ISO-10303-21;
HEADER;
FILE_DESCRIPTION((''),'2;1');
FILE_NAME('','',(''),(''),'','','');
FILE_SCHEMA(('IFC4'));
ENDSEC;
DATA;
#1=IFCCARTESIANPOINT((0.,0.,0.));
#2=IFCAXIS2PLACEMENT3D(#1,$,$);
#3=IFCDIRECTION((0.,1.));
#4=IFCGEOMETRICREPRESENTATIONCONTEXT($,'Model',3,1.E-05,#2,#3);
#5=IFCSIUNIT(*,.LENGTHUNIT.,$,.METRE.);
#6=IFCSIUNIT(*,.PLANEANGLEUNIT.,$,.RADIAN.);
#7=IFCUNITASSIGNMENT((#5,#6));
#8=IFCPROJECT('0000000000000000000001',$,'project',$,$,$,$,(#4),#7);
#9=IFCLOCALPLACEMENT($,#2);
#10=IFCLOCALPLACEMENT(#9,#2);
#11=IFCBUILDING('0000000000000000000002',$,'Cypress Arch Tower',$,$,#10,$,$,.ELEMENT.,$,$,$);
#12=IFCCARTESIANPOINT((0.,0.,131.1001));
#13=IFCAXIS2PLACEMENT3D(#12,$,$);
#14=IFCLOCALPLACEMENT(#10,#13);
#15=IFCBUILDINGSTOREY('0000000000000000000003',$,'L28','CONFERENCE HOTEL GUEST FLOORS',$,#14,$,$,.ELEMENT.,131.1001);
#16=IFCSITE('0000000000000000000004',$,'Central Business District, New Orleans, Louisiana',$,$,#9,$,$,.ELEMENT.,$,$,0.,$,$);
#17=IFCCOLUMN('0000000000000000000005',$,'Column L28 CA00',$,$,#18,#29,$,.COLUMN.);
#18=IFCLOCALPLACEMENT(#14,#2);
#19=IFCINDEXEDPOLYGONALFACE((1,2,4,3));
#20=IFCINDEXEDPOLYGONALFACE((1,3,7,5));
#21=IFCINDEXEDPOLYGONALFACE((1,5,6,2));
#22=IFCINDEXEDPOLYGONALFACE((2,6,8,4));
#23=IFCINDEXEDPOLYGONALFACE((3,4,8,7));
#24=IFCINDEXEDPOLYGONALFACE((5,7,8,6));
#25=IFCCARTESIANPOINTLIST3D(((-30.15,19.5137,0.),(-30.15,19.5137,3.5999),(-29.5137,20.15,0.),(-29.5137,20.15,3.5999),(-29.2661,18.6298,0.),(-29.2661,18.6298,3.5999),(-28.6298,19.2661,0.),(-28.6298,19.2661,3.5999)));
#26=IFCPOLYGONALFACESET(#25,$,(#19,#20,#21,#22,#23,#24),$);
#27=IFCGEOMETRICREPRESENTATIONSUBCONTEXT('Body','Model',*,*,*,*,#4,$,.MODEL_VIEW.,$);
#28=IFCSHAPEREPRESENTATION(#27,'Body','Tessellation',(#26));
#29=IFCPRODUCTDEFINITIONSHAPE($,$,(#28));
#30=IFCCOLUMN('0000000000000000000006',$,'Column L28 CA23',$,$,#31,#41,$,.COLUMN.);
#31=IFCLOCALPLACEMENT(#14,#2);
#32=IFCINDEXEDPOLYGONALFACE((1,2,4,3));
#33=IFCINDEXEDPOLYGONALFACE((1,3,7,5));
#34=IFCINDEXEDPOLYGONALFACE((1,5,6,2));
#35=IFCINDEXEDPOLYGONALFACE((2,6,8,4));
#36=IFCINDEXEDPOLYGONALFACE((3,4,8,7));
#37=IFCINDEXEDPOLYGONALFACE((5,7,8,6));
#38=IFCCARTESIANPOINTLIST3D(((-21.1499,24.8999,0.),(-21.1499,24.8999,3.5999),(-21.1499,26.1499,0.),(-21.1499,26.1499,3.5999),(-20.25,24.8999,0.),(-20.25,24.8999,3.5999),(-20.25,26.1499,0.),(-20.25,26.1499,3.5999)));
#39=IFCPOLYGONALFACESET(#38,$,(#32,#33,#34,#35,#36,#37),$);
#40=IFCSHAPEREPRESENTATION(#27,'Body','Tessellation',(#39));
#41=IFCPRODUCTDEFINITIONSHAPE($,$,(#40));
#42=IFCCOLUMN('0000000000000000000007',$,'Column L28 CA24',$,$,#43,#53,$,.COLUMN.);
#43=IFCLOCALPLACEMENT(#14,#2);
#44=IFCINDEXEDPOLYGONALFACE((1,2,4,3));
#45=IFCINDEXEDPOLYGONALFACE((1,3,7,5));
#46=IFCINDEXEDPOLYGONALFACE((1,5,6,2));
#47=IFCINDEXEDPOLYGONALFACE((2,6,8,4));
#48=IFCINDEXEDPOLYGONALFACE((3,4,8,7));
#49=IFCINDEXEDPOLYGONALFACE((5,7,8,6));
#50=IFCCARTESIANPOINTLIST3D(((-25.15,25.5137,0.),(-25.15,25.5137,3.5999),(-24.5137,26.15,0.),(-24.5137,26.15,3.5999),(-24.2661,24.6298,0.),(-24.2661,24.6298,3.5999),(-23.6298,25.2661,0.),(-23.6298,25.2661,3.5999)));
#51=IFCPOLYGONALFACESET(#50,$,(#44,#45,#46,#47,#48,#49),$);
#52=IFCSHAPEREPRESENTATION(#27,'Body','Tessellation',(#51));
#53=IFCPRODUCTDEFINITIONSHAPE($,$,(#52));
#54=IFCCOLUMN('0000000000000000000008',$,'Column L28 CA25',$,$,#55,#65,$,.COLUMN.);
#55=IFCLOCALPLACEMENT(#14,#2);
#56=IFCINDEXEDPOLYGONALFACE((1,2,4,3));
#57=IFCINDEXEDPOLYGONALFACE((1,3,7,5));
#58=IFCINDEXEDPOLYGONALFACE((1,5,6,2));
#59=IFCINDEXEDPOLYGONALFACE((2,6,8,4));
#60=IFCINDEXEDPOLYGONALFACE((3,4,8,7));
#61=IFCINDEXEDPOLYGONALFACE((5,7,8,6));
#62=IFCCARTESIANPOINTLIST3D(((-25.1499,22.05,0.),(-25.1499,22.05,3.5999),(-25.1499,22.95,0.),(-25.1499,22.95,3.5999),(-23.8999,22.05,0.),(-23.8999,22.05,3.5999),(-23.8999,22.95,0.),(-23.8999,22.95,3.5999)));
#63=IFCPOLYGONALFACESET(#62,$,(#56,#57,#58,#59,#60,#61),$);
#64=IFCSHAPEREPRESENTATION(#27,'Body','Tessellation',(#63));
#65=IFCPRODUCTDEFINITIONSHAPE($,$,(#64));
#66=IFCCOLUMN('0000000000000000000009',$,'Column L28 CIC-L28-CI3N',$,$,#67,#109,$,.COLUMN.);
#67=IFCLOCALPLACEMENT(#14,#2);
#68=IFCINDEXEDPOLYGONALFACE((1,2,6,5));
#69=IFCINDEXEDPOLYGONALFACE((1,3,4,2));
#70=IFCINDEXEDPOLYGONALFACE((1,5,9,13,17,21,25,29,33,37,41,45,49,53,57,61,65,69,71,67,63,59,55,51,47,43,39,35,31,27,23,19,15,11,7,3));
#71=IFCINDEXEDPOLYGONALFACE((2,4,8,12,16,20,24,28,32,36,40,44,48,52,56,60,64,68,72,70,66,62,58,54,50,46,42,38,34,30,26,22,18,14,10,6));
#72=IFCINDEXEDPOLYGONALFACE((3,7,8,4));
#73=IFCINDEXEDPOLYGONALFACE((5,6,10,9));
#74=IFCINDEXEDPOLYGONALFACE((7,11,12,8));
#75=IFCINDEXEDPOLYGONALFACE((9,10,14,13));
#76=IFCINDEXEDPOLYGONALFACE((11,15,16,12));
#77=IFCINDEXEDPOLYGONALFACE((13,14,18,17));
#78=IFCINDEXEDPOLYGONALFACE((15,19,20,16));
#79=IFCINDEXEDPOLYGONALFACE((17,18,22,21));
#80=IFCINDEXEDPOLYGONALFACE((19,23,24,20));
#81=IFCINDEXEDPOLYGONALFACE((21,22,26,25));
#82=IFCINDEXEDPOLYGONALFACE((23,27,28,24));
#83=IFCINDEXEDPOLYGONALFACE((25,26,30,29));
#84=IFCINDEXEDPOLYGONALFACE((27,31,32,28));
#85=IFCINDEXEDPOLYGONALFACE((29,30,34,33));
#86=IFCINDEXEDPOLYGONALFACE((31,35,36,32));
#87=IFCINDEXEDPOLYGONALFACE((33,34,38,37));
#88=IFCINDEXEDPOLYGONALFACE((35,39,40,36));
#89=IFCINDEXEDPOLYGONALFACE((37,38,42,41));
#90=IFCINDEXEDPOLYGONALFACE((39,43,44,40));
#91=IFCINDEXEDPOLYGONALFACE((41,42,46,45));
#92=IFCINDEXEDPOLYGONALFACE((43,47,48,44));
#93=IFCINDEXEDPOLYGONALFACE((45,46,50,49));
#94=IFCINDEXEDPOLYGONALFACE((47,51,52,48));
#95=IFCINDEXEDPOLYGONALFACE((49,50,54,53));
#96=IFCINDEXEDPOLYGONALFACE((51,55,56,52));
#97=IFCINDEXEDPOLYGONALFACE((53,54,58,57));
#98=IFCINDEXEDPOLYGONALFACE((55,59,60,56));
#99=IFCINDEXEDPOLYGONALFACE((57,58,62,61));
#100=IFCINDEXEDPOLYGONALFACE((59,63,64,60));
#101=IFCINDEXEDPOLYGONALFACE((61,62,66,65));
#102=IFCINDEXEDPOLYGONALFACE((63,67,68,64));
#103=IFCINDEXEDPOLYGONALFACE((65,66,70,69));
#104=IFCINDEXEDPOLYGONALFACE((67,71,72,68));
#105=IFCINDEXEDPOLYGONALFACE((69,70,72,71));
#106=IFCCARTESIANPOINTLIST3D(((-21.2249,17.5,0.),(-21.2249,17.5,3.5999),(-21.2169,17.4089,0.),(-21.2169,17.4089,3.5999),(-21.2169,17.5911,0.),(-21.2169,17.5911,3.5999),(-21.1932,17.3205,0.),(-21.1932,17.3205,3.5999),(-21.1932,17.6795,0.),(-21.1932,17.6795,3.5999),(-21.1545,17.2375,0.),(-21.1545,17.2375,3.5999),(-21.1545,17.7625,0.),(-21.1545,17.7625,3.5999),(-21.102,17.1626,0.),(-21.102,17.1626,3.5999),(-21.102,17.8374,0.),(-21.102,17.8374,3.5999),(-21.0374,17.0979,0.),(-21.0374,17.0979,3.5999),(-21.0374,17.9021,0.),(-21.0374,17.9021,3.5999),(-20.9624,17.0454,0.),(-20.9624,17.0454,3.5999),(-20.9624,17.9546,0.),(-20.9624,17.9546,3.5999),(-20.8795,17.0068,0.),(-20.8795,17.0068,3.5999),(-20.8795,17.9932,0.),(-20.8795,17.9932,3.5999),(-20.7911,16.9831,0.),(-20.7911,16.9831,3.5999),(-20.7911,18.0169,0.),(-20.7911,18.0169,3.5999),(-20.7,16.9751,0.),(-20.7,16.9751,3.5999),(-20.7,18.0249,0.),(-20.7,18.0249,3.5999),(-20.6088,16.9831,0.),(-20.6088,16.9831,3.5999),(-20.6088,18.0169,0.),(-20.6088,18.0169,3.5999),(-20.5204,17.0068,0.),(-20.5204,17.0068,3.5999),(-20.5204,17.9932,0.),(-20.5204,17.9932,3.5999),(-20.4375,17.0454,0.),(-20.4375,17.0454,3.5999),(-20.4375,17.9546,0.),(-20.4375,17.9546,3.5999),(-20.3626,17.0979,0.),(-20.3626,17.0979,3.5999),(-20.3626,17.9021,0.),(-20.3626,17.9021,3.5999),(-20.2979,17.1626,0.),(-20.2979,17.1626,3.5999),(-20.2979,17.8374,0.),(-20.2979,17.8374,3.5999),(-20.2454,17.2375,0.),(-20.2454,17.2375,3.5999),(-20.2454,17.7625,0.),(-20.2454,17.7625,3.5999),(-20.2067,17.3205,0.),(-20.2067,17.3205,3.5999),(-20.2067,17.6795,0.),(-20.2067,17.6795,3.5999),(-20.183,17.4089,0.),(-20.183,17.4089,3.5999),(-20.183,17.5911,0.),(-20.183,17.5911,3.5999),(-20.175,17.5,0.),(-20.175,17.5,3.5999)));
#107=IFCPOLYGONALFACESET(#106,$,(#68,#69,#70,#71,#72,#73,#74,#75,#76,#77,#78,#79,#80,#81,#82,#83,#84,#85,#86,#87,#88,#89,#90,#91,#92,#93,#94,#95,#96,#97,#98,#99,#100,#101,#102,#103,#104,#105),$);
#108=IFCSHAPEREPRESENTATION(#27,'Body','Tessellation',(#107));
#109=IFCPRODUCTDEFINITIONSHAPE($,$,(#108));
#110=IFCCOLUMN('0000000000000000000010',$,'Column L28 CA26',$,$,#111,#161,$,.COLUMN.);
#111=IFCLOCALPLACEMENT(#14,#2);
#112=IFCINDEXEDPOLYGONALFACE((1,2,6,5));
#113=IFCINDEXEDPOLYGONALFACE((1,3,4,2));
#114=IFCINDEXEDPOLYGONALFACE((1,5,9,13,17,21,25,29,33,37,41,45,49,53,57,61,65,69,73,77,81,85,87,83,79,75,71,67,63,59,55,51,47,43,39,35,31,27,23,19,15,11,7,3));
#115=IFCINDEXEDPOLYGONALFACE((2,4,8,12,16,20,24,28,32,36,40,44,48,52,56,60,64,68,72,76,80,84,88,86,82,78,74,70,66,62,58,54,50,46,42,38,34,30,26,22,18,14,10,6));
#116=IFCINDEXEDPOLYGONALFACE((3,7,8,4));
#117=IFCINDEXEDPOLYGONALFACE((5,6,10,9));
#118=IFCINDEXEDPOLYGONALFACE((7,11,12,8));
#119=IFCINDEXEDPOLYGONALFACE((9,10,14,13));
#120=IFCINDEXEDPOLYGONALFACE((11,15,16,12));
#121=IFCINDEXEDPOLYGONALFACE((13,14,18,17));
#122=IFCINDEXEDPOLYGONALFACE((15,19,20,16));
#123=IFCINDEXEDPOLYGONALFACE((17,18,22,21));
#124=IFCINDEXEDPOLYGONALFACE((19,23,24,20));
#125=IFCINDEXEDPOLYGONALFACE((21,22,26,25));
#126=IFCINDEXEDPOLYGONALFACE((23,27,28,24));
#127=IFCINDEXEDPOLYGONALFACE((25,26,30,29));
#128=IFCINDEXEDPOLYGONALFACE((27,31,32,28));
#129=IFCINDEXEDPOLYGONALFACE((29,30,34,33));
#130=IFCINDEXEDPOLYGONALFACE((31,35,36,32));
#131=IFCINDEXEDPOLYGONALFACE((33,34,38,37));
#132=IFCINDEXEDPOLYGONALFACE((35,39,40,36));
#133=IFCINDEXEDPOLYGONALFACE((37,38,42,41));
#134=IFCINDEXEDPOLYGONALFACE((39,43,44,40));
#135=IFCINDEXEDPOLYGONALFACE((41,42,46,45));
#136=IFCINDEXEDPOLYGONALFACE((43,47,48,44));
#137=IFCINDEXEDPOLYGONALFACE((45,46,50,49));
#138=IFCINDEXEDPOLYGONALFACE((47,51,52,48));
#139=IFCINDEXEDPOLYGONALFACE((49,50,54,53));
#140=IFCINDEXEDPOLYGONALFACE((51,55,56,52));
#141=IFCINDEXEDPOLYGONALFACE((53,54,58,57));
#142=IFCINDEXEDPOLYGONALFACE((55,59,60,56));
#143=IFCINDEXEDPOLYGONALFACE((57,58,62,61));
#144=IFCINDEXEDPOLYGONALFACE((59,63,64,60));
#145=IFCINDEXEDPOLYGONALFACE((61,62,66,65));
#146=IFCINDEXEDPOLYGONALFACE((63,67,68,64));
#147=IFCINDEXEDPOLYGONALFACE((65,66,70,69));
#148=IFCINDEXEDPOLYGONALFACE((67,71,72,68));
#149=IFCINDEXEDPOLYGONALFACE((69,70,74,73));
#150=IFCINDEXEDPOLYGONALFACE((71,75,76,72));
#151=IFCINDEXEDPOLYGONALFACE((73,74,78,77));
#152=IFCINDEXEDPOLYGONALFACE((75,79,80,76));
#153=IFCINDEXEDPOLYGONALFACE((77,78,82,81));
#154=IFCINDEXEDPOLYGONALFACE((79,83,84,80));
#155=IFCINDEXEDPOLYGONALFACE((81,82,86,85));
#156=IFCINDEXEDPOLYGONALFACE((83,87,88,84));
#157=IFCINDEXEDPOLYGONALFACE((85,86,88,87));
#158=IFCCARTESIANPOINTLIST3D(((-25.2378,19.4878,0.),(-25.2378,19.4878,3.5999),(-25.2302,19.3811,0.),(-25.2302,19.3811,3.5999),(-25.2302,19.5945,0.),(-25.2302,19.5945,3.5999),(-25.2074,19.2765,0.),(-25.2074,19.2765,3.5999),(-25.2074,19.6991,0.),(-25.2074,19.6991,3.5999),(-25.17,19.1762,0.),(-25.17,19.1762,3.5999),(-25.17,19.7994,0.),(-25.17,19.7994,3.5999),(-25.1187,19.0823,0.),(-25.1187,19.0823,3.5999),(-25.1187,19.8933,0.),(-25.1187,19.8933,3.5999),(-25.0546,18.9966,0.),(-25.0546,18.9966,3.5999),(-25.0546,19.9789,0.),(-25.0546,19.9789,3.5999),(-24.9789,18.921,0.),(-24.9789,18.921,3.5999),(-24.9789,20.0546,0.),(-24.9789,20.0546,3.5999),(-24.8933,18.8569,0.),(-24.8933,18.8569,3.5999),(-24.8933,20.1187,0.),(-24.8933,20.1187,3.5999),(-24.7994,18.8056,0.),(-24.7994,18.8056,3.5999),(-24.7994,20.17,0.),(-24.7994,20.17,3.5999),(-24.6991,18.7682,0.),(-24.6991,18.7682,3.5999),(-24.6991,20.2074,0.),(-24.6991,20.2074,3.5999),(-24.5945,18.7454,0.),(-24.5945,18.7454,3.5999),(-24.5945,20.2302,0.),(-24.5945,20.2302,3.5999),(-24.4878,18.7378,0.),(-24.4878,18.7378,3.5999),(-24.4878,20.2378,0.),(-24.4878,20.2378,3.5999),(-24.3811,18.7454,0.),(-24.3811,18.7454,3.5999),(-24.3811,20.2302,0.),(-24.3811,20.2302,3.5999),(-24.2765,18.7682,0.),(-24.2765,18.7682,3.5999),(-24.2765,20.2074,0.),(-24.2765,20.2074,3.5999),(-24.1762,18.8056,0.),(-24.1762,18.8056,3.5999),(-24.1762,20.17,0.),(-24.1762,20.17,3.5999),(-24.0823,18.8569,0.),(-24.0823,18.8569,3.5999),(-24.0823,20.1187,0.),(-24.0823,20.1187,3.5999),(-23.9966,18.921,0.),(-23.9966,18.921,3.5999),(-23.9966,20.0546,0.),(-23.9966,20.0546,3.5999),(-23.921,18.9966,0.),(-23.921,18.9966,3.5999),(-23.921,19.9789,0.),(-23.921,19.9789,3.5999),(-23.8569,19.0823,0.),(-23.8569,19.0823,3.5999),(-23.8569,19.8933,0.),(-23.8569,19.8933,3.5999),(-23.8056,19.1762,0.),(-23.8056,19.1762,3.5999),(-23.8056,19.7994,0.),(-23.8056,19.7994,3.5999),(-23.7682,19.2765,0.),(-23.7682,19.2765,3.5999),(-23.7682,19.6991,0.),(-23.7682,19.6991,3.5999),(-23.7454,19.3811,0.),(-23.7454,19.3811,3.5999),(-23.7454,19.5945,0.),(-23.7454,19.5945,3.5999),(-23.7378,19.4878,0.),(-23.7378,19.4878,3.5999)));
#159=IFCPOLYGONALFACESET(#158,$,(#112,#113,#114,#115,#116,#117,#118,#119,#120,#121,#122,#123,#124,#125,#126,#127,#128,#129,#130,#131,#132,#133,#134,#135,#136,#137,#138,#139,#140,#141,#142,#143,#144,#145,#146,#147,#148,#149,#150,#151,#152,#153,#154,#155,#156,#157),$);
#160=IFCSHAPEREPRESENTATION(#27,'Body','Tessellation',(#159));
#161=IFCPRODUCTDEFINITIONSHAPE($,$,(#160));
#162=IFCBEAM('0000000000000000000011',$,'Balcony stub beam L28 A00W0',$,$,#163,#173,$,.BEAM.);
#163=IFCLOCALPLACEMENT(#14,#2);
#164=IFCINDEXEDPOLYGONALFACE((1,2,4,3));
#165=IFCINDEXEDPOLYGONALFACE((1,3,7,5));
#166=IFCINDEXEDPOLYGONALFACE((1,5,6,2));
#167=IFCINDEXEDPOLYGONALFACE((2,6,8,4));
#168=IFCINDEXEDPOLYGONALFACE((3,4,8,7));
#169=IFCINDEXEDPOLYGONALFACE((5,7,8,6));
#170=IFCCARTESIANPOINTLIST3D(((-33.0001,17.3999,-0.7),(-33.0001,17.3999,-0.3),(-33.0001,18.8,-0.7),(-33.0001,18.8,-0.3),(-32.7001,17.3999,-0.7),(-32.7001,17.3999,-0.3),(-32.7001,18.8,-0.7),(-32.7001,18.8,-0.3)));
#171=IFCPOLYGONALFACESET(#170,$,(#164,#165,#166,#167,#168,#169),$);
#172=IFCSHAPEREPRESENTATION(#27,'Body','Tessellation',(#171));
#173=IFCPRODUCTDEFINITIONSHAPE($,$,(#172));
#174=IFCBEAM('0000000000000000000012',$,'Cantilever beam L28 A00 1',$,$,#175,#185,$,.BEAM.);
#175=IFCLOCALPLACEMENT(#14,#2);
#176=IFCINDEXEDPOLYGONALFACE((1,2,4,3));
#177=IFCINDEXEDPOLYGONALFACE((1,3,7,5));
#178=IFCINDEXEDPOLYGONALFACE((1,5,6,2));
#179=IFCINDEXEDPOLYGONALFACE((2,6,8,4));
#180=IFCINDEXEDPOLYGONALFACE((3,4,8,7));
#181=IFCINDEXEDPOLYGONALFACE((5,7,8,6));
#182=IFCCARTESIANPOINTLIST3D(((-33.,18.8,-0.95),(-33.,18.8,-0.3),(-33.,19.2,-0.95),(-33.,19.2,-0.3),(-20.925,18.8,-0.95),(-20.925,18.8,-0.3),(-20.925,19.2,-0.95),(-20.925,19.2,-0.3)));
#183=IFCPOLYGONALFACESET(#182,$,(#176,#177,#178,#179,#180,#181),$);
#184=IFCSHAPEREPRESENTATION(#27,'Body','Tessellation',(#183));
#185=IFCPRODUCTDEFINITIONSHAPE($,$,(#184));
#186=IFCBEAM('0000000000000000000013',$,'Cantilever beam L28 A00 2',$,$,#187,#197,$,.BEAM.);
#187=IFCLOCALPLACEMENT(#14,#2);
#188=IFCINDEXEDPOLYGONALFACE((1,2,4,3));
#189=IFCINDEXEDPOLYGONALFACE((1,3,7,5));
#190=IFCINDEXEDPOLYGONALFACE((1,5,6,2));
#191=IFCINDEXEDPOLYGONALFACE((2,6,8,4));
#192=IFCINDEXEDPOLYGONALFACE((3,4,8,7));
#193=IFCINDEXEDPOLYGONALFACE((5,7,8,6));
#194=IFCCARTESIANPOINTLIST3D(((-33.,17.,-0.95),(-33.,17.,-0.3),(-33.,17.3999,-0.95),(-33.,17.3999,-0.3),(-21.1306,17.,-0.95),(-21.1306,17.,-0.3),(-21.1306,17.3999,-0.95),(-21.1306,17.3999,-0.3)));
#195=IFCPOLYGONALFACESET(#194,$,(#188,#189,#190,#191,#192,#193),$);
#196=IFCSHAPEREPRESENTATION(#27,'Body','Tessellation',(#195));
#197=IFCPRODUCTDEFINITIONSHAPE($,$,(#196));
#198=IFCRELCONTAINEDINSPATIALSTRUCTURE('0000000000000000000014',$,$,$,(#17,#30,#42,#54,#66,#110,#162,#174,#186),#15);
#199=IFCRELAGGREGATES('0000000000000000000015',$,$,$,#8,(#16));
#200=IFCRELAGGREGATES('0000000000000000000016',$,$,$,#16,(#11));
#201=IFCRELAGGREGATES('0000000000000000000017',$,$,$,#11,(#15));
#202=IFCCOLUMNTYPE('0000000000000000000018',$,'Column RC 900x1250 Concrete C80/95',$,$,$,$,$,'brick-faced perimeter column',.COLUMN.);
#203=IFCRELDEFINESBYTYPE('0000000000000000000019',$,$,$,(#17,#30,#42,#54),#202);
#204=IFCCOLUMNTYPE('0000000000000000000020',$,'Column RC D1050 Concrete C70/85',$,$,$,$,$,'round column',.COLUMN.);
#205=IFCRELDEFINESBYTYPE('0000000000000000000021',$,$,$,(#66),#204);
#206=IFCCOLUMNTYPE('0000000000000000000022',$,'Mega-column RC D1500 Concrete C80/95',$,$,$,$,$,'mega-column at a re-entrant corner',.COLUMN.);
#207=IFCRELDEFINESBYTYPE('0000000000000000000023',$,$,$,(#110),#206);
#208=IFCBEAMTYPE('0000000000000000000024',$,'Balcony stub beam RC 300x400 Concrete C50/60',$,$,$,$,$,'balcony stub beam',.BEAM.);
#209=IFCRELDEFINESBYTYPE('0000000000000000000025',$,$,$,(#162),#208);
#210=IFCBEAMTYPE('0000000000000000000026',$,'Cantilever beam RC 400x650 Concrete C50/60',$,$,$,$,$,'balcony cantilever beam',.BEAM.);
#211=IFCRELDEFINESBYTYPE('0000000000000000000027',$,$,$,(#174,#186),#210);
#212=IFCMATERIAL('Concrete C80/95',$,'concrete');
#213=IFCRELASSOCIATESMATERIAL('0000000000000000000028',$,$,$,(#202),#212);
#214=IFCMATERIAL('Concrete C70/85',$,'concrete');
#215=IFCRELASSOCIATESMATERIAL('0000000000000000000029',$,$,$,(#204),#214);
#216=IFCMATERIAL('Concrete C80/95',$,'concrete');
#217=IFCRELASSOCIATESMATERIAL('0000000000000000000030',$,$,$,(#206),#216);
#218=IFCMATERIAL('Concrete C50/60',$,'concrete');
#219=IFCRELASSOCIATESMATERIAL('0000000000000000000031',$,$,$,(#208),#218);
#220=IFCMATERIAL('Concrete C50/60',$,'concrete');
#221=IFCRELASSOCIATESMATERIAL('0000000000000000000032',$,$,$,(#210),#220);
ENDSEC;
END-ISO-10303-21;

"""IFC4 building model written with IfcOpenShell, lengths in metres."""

from ifc_helpers import new_model, si_unit, direction, frame, origin, origin_2d, place, context, subcontext, project, spatial, rectangle, circle, extrude, material, material_profile, profile_set, type_object, element, save


model = new_model("IFC4")

# Units and contexts
model_context = context("Model", 3, precision=1e-05, world=origin(), true_north=direction((0.0, 1.0)))
body_context = subcontext(model_context, "Body", "Model", "MODEL_VIEW")
ifc_project = project(units=[si_unit("LENGTHUNIT", "METRE"), si_unit("PLANEANGLEUNIT", "RADIAN")], contexts=[model_context])

# Site, building, storey
site_placement = place(None, origin())
site = spatial("IfcSite", under=ifc_project, at=site_placement, Name="Central Business District, New Orleans, Louisiana", CompositionType="ELEMENT", RefElevation=0.0)
building_placement = place(site_placement, origin())
building = spatial("IfcBuilding", under=site, at=building_placement, Name="Cypress Arch Tower", CompositionType="ELEMENT")
storey_placement = place(building_placement, frame((0.0, 0.0, 131.1001)))
storey = spatial("IfcBuildingStorey", under=building, at=storey_placement, Name="L28", Description="CONFERENCE HOTEL GUEST FLOORS", CompositionType="ELEMENT", Elevation=131.1001)

# Columns
ifc_material_1 = material(Name="Concrete C80/95", Category="concrete")
ifc_material_profile_1 = material_profile(ifc_material_1, rectangle(XDim=0.8999, YDim=1.25, at=origin_2d()), Name="RC 900x1250")
ifc_profile_set_1 = profile_set([ifc_material_profile_1], Name="Concrete C80/95")
column_type_1 = type_object("IfcColumnType", Name="Column RC 900x1250 Concrete C80/95", ElementType="brick-faced perimeter column", PredefinedType="COLUMN", material=ifc_profile_set_1)
for number, where, z_axis, x_axis, name in (
    (1, (-29.3899, 19.3899, 0.0), (0.0, 0.0, 1.0), (-0.707107, -0.707107, 0.0), "Column L28 CA00"),
    (2, (-20.7, 25.5249, 0.0), (0.0, 0.0, 1.0), (-1.0, 0.0, 0.0), "Column L28 CA23"),
    (3, (-24.3899, 25.3899, 0.0), (0.0, 0.0, 1.0), (-0.707107, -0.707107, 0.0), "Column L28 CA24"),
    (4, (-24.5249, 22.5, 0.0), (0.0, 0.0, 1.0), (0.0, -1.0, 0.0), "Column L28 CA25"),
):
    element("IfcColumn", number, at=place(storey_placement, frame(where, z_axis=z_axis, x_axis=x_axis)), inside=storey, type_object=column_type_1, Name=name, PredefinedType="COLUMN", context=body_context, shape_type="SweptSolid", body=[
        extrude(rectangle(XDim=0.8999, YDim=1.25, at=origin_2d()), origin(), (0.0, 0.0, 1.0), 3.5999),
    ])
ifc_material_2 = material(Name="Concrete C70/85", Category="concrete")
ifc_material_profile_2 = material_profile(ifc_material_2, circle(Radius=0.5249, at=origin_2d()), Name="RC D1050")
ifc_profile_set_2 = profile_set([ifc_material_profile_2], Name="Concrete C70/85")
column_type_2 = type_object("IfcColumnType", Name="Column RC D1050 Concrete C70/85", ElementType="round column", PredefinedType="COLUMN", material=ifc_profile_set_2)
column_1_placement = place(storey_placement, frame((-20.7, 17.5, 0.0), z_axis=(0.0, 0.0, 1.0), x_axis=(1.0, 0.0, 0.0)))
element("IfcColumn", 5, at=column_1_placement, inside=storey, type_object=column_type_2, Name="Column L28 CIC-L28-CI3N", PredefinedType="COLUMN", context=body_context, shape_type="SweptSolid", body=[
    extrude(circle(Radius=0.5249, at=origin_2d()), origin(), (0.0, 0.0, 1.0), 3.5999),
])
ifc_material_3 = material(Name="Concrete C80/95", Category="concrete")
ifc_material_profile_3 = material_profile(ifc_material_3, circle(Radius=0.75, at=origin_2d()), Name="RC D1500")
ifc_profile_set_3 = profile_set([ifc_material_profile_3], Name="Concrete C80/95")
column_type_3 = type_object("IfcColumnType", Name="Mega-column RC D1500 Concrete C80/95", ElementType="mega-column at a re-entrant corner", PredefinedType="COLUMN", material=ifc_profile_set_3)
column_2_placement = place(storey_placement, frame((-24.4878, 19.4878, 0.0), z_axis=(0.0, 0.0, 1.0), x_axis=(1.0, 0.0, 0.0)))
element("IfcColumn", 6, at=column_2_placement, inside=storey, type_object=column_type_3, Name="Column L28 CA26", PredefinedType="COLUMN", context=body_context, shape_type="SweptSolid", body=[
    extrude(circle(Radius=0.75, at=origin_2d()), origin(), (0.0, 0.0, 1.0), 3.5999),
])

# Beams
ifc_material_4 = material(Name="Concrete C50/60", Category="concrete")
ifc_material_profile_4 = material_profile(ifc_material_4, rectangle(XDim=0.3, YDim=0.3999, at=origin_2d()), Name="RC 300x400")
ifc_profile_set_4 = profile_set([ifc_material_profile_4], Name="Concrete C50/60")
beam_type_1 = type_object("IfcBeamType", Name="Balcony stub beam RC 300x400 Concrete C50/60", ElementType="balcony stub beam", PredefinedType="BEAM", material=ifc_profile_set_4)
beam_1_placement = place(storey_placement, frame((-32.8501, 18.8, -0.5), z_axis=(0.0, -1.0, 0.0), x_axis=(1.0, 0.0, 0.0)))
element("IfcBeam", 7, at=beam_1_placement, inside=storey, type_object=beam_type_1, Name="Balcony stub beam L28 A00W0", PredefinedType="BEAM", context=body_context, shape_type="SweptSolid", body=[
    extrude(rectangle(XDim=0.3, YDim=0.3999, at=origin_2d()), origin(), (0.0, 0.0, 1.0), 1.4001),
])
ifc_material_5 = material(Name="Concrete C50/60", Category="concrete")
ifc_material_profile_5 = material_profile(ifc_material_5, rectangle(XDim=0.3999, YDim=0.6499, at=origin_2d()), Name="RC 400x650")
ifc_profile_set_5 = profile_set([ifc_material_profile_5], Name="Concrete C50/60")
beam_type_2 = type_object("IfcBeamType", Name="Cantilever beam RC 400x650 Concrete C50/60", ElementType="balcony cantilever beam", PredefinedType="BEAM", material=ifc_profile_set_5)
beam_2_placement = place(storey_placement, frame((-20.925, 19.0, -0.625), z_axis=(-1.0, 0.0, 0.0), x_axis=(0.0, -1.0, 0.0)))
element("IfcBeam", 8, at=beam_2_placement, inside=storey, type_object=beam_type_2, Name="Cantilever beam L28 A00 1", PredefinedType="BEAM", context=body_context, shape_type="SweptSolid", body=[
    extrude(rectangle(XDim=0.3999, YDim=0.6499, at=origin_2d()), origin(), (0.0, 0.0, 1.0), 12.075),
])
beam_3_placement = place(storey_placement, frame((-21.1306, 17.2, -0.625), z_axis=(-1.0, 0.0, 0.0), x_axis=(0.0, -1.0, 0.0)))
element("IfcBeam", 9, at=beam_3_placement, inside=storey, type_object=beam_type_2, Name="Cantilever beam L28 A00 2", PredefinedType="BEAM", context=body_context, shape_type="SweptSolid", body=[
    extrude(rectangle(XDim=0.3999, YDim=0.6499, at=origin_2d()), origin(), (0.0, 0.0, 1.0), 11.8694),
])

save(model, "model.ifc")
